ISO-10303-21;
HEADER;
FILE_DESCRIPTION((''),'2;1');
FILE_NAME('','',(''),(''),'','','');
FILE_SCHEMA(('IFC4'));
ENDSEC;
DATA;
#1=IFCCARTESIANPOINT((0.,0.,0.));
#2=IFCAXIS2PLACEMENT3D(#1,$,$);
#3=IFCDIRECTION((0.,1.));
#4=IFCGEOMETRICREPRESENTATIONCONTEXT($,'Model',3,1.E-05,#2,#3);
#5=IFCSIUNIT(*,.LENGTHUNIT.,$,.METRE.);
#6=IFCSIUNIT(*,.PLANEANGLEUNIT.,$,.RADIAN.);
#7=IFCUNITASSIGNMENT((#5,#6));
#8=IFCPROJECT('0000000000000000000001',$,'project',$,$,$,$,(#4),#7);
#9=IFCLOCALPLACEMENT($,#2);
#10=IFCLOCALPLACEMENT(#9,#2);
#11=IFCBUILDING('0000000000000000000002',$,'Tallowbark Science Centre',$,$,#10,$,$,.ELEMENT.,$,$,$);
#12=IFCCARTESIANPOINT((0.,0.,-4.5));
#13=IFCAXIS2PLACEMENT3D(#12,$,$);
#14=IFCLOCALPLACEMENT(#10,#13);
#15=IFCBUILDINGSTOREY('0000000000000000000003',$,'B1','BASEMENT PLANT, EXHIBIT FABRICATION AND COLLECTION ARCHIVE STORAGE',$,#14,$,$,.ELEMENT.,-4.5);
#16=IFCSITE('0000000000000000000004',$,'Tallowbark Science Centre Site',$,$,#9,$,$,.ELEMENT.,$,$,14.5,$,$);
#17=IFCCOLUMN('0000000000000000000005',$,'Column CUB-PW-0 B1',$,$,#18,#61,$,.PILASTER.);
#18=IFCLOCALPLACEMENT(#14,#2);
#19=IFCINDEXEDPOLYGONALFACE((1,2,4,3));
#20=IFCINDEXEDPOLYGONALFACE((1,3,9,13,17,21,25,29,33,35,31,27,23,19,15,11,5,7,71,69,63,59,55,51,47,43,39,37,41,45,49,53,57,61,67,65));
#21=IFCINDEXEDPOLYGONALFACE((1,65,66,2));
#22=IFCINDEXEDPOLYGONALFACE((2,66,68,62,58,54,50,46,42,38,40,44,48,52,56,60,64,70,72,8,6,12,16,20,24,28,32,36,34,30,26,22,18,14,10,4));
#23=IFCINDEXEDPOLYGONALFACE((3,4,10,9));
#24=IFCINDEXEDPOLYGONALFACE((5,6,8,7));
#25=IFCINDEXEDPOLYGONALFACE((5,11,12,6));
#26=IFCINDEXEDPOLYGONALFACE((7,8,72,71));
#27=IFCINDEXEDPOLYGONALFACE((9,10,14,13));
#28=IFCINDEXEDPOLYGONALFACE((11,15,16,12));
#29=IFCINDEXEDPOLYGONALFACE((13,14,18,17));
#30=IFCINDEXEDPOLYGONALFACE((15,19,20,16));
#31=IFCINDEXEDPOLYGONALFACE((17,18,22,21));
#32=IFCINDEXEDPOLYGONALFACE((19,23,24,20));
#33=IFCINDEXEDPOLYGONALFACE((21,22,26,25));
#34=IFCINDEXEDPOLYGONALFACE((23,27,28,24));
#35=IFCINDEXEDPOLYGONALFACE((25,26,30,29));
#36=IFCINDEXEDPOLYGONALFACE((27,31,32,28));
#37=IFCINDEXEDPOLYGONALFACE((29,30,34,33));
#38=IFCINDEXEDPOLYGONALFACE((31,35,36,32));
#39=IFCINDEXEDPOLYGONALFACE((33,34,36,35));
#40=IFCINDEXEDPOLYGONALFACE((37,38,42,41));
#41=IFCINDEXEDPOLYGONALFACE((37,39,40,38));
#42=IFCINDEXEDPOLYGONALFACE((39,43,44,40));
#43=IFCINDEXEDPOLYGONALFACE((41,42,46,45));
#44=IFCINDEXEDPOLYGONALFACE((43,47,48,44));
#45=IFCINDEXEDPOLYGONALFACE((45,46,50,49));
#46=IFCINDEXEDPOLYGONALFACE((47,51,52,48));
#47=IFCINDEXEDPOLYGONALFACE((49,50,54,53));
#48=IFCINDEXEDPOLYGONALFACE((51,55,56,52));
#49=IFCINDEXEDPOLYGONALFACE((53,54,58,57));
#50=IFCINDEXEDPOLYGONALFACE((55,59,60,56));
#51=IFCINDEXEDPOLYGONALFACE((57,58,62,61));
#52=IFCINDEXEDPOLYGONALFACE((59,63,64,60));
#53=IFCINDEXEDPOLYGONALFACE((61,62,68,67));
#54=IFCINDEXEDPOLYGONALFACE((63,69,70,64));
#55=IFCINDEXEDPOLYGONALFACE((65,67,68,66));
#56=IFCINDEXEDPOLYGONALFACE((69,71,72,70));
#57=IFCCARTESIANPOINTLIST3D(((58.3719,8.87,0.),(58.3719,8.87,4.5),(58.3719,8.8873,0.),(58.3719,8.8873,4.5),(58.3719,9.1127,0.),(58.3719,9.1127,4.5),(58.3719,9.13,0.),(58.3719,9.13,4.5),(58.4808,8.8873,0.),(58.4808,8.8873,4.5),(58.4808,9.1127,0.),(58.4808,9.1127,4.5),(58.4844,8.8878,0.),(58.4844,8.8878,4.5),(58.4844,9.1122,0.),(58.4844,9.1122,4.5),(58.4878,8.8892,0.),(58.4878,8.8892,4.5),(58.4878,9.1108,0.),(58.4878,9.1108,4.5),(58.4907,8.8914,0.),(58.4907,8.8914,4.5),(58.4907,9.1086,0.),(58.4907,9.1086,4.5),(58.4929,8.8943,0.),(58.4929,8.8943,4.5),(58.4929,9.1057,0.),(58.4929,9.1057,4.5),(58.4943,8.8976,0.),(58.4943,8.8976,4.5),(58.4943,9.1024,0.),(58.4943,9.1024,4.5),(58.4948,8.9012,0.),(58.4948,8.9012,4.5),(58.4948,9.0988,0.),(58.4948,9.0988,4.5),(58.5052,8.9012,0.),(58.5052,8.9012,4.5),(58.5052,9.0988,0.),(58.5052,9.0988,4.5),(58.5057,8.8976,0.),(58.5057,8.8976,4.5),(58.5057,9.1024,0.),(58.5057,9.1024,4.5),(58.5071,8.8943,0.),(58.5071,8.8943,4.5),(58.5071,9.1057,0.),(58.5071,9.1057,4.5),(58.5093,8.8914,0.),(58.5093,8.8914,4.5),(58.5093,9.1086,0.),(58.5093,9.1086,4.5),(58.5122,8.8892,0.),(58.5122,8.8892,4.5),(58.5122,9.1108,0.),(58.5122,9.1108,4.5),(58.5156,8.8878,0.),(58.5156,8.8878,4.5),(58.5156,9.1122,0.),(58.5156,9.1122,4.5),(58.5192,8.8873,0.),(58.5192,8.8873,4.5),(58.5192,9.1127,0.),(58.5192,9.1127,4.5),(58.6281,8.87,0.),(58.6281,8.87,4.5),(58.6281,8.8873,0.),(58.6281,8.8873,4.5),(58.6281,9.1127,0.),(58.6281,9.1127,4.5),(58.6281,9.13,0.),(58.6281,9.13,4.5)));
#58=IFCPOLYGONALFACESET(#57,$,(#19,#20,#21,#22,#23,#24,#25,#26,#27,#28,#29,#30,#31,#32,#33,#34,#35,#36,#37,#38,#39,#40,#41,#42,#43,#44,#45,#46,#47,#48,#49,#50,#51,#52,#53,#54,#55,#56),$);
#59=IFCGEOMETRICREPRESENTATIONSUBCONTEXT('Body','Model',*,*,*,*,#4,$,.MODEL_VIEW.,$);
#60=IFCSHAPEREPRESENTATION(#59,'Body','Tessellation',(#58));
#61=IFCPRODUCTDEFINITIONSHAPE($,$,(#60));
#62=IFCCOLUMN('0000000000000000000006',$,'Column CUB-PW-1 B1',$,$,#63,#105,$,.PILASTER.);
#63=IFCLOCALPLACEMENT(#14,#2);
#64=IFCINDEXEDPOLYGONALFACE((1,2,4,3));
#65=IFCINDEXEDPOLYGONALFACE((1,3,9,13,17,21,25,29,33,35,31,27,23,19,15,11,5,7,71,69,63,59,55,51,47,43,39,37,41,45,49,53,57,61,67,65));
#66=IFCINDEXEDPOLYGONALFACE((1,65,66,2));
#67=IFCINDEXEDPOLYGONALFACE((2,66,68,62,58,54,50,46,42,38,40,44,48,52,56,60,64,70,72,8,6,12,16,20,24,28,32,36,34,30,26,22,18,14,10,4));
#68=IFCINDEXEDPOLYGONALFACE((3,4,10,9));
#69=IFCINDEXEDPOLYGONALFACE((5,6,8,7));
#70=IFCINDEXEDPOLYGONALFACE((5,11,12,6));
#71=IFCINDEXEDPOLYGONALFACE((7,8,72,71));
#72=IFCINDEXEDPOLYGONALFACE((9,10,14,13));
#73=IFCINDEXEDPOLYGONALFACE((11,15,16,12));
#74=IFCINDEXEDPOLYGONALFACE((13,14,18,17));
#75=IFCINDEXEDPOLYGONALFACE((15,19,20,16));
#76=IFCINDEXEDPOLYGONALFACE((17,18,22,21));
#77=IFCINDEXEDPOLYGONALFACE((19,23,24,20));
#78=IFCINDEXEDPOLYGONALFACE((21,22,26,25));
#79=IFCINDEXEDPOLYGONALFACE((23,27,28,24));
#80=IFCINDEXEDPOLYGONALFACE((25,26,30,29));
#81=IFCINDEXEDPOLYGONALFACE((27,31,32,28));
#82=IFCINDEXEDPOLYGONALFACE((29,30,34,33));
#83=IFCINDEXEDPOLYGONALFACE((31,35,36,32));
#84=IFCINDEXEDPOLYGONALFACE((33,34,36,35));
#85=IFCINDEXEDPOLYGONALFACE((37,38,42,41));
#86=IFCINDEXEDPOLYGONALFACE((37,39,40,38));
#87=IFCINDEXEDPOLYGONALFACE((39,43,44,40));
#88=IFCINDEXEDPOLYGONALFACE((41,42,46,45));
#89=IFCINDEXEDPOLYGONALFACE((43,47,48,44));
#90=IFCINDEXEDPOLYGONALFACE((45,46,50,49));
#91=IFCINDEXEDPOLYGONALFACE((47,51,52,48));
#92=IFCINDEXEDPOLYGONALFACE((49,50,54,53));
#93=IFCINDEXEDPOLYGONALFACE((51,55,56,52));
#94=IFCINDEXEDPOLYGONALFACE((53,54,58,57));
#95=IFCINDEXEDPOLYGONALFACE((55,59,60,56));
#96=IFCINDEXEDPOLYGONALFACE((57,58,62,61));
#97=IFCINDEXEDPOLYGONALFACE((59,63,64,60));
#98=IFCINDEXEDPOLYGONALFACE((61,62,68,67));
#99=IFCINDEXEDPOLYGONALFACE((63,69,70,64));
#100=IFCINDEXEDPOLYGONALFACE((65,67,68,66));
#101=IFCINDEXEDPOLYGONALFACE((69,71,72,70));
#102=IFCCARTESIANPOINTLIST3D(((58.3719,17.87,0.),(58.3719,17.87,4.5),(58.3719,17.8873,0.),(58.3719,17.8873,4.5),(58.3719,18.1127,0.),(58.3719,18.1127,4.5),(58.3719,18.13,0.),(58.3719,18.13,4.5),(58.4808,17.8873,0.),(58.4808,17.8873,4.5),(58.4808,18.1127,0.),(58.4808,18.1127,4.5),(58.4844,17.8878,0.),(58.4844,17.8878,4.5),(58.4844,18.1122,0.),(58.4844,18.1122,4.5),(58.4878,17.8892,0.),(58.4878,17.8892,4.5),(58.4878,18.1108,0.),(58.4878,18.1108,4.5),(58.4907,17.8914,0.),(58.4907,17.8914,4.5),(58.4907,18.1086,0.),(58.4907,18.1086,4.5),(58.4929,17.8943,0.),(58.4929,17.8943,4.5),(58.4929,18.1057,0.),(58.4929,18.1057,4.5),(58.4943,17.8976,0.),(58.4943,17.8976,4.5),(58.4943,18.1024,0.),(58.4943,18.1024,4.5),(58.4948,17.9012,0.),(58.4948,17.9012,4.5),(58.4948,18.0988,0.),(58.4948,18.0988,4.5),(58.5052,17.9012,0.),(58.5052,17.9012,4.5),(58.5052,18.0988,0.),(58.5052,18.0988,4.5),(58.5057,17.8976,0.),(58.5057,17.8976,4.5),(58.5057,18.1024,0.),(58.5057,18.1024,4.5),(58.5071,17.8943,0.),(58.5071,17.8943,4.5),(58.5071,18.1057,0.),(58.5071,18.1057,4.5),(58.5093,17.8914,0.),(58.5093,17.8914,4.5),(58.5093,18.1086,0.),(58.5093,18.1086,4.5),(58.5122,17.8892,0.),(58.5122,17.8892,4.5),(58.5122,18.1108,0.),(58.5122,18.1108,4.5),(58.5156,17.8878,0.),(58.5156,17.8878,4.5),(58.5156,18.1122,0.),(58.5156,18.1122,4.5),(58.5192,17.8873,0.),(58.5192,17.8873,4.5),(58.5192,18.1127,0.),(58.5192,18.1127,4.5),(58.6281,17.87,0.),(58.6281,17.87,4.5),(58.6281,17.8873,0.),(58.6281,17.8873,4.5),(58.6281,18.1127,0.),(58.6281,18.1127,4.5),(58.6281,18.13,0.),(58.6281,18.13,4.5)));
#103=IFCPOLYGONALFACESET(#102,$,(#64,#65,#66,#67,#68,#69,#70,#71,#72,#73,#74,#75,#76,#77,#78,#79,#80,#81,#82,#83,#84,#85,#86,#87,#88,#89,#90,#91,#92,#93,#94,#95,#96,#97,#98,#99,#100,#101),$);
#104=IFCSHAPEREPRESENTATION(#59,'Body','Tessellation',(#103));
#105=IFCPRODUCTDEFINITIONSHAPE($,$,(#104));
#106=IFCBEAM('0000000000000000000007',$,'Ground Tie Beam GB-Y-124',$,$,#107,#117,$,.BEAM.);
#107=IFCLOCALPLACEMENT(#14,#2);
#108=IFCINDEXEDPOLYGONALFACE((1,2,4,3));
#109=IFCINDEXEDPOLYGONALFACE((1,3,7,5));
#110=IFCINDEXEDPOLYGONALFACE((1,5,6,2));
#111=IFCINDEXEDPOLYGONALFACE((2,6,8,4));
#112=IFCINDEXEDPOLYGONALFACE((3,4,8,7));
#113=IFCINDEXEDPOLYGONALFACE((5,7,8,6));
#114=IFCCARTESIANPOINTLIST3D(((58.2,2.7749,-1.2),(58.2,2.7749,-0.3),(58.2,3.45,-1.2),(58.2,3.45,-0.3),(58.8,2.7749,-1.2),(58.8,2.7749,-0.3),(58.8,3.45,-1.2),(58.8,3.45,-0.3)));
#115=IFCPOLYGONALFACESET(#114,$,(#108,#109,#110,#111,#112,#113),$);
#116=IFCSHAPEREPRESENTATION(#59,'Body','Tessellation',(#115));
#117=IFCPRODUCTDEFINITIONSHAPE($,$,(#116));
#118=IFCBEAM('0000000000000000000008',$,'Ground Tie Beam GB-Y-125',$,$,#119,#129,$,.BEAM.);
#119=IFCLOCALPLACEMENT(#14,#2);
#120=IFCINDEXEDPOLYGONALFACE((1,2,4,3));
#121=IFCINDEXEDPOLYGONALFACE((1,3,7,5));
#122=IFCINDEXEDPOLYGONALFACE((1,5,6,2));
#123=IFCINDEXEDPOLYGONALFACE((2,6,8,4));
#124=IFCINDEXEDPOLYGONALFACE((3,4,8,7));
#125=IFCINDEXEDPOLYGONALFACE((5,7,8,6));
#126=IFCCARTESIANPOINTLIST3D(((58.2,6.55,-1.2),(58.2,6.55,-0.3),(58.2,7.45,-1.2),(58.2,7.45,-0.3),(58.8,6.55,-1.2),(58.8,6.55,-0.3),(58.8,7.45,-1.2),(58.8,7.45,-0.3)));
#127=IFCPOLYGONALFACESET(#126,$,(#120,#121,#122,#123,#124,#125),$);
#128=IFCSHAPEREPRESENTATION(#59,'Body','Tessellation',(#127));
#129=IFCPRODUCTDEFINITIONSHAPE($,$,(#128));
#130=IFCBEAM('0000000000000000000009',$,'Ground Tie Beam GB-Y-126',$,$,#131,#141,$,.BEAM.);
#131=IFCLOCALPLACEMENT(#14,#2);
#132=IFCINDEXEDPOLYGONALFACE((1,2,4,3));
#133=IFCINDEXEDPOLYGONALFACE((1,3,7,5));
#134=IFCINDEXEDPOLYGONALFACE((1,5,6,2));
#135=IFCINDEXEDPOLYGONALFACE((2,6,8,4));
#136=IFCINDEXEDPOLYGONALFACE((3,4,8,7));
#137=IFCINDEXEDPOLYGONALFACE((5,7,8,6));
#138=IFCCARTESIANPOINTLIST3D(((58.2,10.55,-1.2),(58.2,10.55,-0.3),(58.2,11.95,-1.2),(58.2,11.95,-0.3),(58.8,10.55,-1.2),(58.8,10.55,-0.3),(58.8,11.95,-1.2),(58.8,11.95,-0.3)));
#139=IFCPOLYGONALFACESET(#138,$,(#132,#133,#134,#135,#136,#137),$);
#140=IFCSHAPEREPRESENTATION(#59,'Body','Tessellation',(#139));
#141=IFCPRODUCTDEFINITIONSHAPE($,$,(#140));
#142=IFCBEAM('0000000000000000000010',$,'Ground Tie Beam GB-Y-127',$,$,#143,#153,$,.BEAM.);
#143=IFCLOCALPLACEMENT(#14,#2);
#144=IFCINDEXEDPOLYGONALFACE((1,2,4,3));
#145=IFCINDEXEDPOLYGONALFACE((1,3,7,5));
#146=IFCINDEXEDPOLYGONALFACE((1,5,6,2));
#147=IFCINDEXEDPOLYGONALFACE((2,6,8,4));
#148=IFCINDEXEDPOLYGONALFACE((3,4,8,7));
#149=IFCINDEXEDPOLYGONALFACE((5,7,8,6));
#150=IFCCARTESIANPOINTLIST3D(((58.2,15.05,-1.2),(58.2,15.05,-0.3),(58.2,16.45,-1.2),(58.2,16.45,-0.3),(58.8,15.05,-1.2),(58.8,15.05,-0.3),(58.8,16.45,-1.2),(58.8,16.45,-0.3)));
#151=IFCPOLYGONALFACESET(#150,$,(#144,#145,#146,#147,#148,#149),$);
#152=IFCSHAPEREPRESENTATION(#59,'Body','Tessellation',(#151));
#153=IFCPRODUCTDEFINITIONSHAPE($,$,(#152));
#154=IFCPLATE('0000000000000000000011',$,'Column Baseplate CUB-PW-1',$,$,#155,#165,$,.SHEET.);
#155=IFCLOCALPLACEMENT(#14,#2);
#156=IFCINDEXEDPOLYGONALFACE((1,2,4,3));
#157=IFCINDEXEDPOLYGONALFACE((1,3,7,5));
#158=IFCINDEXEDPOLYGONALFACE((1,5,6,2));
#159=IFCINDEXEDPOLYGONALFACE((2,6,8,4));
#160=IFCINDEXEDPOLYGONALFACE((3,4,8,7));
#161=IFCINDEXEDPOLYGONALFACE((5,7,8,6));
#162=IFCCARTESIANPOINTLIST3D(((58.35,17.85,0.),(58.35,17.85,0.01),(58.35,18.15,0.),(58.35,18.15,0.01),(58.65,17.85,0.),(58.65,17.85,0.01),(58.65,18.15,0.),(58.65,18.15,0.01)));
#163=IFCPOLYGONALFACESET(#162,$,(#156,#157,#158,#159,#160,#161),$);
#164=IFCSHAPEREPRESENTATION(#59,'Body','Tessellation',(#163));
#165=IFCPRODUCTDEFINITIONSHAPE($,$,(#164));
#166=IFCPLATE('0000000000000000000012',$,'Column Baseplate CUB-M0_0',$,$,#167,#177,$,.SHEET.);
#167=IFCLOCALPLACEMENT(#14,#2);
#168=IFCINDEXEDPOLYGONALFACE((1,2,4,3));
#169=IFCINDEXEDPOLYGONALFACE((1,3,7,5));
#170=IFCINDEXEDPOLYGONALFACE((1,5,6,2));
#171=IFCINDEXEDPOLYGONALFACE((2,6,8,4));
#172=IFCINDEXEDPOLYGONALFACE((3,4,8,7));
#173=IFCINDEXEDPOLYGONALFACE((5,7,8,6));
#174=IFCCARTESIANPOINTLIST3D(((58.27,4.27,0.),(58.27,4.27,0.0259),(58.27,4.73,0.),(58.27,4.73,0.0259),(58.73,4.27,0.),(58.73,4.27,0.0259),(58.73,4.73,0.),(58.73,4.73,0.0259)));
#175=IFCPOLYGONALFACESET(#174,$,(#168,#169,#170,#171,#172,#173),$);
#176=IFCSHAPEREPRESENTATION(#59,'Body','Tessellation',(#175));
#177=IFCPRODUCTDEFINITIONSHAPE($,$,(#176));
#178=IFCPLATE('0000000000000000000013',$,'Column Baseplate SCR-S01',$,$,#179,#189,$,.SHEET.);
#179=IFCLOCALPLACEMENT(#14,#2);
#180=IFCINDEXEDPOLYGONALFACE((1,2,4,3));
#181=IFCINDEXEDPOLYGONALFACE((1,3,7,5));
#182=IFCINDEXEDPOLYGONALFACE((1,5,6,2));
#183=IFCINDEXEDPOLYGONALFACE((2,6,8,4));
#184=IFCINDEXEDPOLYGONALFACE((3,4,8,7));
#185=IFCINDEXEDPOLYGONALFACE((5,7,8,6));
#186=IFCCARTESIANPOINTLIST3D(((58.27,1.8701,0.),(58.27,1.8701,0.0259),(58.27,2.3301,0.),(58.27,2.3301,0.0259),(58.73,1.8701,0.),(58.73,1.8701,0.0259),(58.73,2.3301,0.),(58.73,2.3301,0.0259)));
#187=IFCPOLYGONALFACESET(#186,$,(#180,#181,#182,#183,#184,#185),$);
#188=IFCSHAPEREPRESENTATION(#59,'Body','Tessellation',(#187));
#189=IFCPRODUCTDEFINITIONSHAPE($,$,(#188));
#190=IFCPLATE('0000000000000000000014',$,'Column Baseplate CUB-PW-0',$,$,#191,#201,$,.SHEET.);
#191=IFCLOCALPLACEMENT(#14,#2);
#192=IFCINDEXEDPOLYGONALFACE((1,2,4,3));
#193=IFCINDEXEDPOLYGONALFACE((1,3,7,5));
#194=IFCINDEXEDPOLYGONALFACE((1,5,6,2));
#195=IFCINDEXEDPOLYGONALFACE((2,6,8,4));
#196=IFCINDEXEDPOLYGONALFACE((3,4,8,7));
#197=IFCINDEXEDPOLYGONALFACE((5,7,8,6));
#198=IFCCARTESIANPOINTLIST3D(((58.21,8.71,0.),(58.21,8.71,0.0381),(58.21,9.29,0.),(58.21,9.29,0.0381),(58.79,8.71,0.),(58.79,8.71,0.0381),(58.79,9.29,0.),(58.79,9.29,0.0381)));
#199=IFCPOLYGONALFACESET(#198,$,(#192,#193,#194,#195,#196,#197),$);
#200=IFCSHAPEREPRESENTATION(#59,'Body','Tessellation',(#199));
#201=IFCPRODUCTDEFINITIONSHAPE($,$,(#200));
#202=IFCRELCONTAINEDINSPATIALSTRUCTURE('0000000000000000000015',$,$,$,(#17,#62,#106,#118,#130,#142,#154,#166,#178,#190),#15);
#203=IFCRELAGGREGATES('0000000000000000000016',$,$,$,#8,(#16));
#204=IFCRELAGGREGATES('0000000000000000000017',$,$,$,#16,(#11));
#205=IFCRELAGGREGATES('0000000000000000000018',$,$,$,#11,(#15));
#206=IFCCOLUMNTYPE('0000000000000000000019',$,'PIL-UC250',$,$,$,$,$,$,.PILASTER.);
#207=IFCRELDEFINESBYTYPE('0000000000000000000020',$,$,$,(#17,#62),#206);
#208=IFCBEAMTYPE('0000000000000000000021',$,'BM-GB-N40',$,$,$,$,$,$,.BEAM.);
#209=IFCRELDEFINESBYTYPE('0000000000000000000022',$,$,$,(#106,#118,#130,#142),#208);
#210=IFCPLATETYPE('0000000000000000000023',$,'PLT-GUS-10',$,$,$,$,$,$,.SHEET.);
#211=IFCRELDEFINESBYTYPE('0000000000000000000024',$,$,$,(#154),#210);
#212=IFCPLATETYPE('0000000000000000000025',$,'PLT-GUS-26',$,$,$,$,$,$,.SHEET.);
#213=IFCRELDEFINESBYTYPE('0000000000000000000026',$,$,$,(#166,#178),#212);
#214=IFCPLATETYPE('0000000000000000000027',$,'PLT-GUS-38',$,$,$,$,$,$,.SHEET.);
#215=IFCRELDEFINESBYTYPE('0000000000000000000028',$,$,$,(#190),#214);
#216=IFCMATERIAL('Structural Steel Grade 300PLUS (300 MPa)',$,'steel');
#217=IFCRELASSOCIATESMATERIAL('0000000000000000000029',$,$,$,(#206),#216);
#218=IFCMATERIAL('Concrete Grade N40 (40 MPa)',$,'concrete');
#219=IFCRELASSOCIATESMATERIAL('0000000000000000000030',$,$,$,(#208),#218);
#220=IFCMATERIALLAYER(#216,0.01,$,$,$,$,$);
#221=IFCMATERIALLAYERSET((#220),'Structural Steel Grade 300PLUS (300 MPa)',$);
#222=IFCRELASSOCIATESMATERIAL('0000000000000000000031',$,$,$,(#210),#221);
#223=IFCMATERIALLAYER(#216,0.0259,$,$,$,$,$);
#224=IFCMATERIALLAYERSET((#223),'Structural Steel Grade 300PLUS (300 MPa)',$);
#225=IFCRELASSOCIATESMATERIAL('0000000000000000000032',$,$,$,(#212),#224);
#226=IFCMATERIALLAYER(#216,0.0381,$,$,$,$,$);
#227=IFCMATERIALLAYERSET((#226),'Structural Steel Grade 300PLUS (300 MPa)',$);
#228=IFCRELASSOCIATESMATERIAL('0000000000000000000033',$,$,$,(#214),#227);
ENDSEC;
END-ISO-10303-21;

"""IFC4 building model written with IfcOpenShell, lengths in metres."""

from ifc_helpers import new_model, si_unit, direction, frame, origin, origin_2d, place, context, subcontext, project, spatial, rectangle, i_section, extrude, material, layer, layer_set, material_profile, profile_set, type_object, element, save


model = new_model("IFC4")

# Units and contexts
model_context = context("Model", 3, precision=1e-05, world=origin(), true_north=direction((0.0, 1.0)))
body_context = subcontext(model_context, "Body", "Model", "MODEL_VIEW")
ifc_project = project(units=[si_unit("LENGTHUNIT", "METRE"), si_unit("PLANEANGLEUNIT", "RADIAN")], contexts=[model_context])

# Site, building, storey
site_placement = place(None, origin())
site = spatial("IfcSite", under=ifc_project, at=site_placement, Name="Tallowbark Science Centre Site", CompositionType="ELEMENT", RefElevation=14.5)
building_placement = place(site_placement, origin())
building = spatial("IfcBuilding", under=site, at=building_placement, Name="Tallowbark Science Centre", CompositionType="ELEMENT")
storey_placement = place(building_placement, frame((0.0, 0.0, -4.5)))
storey = spatial("IfcBuildingStorey", under=building, at=storey_placement, Name="B1", Description="BASEMENT PLANT, EXHIBIT FABRICATION AND COLLECTION ARCHIVE STORAGE", CompositionType="ELEMENT", Elevation=-4.5)

# Shared definitions
ifc_material_1 = material(Name="Concrete Grade N40 (40 MPa)", Category="concrete")

# Columns
ifc_material_2 = material(Name="Structural Steel Grade 300PLUS (300 MPa)", Category="steel")
ifc_material_profile_1 = material_profile(ifc_material_2, i_section(OverallWidth=0.2561, OverallDepth=0.26, WebThickness=0.0105, FlangeThickness=0.0173, FilletRadius=0.0139, at=origin_2d()), Name="250UC89.5")
ifc_profile_set_1 = profile_set([ifc_material_profile_1], Name="Structural Steel Grade 300PLUS (300 MPa)")
column_type_1 = type_object("IfcColumnType", Name="PIL-UC250", PredefinedType="PILASTER", material=ifc_profile_set_1)
for number, where, z_axis, x_axis, name in (
    (1, (58.5, 9.0, 0.0), (0.0, 0.0, 1.0), (1.0, 0.0, 0.0), "Column CUB-PW-0 B1"),
    (2, (58.5, 18.0, 0.0), (0.0, 0.0, 1.0), (1.0, 0.0, 0.0), "Column CUB-PW-1 B1"),
):
    element("IfcColumn", number, at=place(storey_placement, frame(where, z_axis=z_axis, x_axis=x_axis)), inside=storey, type_object=column_type_1, Name=name, PredefinedType="PILASTER", context=body_context, shape_type="SweptSolid", body=[
        extrude(i_section(OverallWidth=0.2561, OverallDepth=0.26, WebThickness=0.0105, FlangeThickness=0.0173, FilletRadius=0.0139, at=origin_2d()), origin(), (0.0, 0.0, 1.0), 4.5),
    ])

# Beams
ifc_material_profile_2 = material_profile(ifc_material_1, rectangle(XDim=0.6001, YDim=0.8999, at=origin_2d()), Name="RC600x900")
ifc_profile_set_2 = profile_set([ifc_material_profile_2], Name="Concrete Grade N40 (40 MPa)")
beam_type = type_object("IfcBeamType", Name="BM-GB-N40", PredefinedType="BEAM", material=ifc_profile_set_2)
beam_1_placement = place(storey_placement, frame((58.5, 2.7749, -0.75), z_axis=(0.0, 1.0, 0.0), x_axis=(-1.0, 0.0, 0.0)))
element("IfcBeam", 3, at=beam_1_placement, inside=storey, type_object=beam_type, Name="Ground Tie Beam GB-Y-124", PredefinedType="BEAM", context=body_context, shape_type="SweptSolid", body=[
    extrude(rectangle(XDim=0.6001, YDim=0.8999, at=origin_2d()), origin(), (0.0, 0.0, 1.0), 0.675),
])
beam_2_placement = place(storey_placement, frame((58.5, 6.55, -0.75), z_axis=(0.0, 1.0, 0.0), x_axis=(-1.0, 0.0, 0.0)))
element("IfcBeam", 4, at=beam_2_placement, inside=storey, type_object=beam_type, Name="Ground Tie Beam GB-Y-125", PredefinedType="BEAM", context=body_context, shape_type="SweptSolid", body=[
    extrude(rectangle(XDim=0.6001, YDim=0.8999, at=origin_2d()), origin(), (0.0, 0.0, 1.0), 0.8999),
])
for number, where, z_axis, x_axis, name in (
    (5, (58.5, 10.55, -0.75), (0.0, 1.0, 0.0), (-1.0, 0.0, 0.0), "Ground Tie Beam GB-Y-126"),
    (6, (58.5, 15.05, -0.75), (0.0, 1.0, 0.0), (-1.0, 0.0, 0.0), "Ground Tie Beam GB-Y-127"),
):
    element("IfcBeam", number, at=place(storey_placement, frame(where, z_axis=z_axis, x_axis=x_axis)), inside=storey, type_object=beam_type, Name=name, PredefinedType="BEAM", context=body_context, shape_type="SweptSolid", body=[
        extrude(rectangle(XDim=0.6001, YDim=0.8999, at=origin_2d()), origin(), (0.0, 0.0, 1.0), 1.3999),
    ])

# Plates
ifc_layer_1 = layer(ifc_material_2, 0.01)
ifc_layer_set_1 = layer_set([ifc_layer_1], Name="Structural Steel Grade 300PLUS (300 MPa)")
plate_type_1 = type_object("IfcPlateType", Name="PLT-GUS-10", PredefinedType="SHEET", material=ifc_layer_set_1)
plate_1_placement = place(storey_placement, frame((58.5, 18.0, 0.0), z_axis=(0.0, 0.0, 1.0), x_axis=(1.0, 0.0, 0.0)))
element("IfcPlate", 7, at=plate_1_placement, inside=storey, type_object=plate_type_1, Name="Column Baseplate CUB-PW-1", PredefinedType="SHEET", context=body_context, shape_type="SweptSolid", body=[
    extrude(rectangle(XDim=0.3, YDim=0.3, at=origin_2d()), origin(), (0.0, 0.0, 1.0), 0.01),
])
ifc_layer_2 = layer(ifc_material_2, 0.0259)
ifc_layer_set_2 = layer_set([ifc_layer_2], Name="Structural Steel Grade 300PLUS (300 MPa)")
plate_type_2 = type_object("IfcPlateType", Name="PLT-GUS-26", PredefinedType="SHEET", material=ifc_layer_set_2)
for number, where, z_axis, x_axis, name in (
    (8, (58.5, 4.5, 0.0), (0.0, 0.0, 1.0), (1.0, 0.0, 0.0), "Column Baseplate CUB-M0_0"),
    (9, (58.5, 2.1001, 0.0), (0.0, 0.0, 1.0), (1.0, 0.0, 0.0), "Column Baseplate SCR-S01"),
):
    element("IfcPlate", number, at=place(storey_placement, frame(where, z_axis=z_axis, x_axis=x_axis)), inside=storey, type_object=plate_type_2, Name=name, PredefinedType="SHEET", context=body_context, shape_type="SweptSolid", body=[
        extrude(rectangle(XDim=0.46, YDim=0.46, at=origin_2d()), origin(), (0.0, 0.0, 1.0), 0.0259),
    ])
ifc_layer_3 = layer(ifc_material_2, 0.0381)
ifc_layer_set_3 = layer_set([ifc_layer_3], Name="Structural Steel Grade 300PLUS (300 MPa)")
plate_type_3 = type_object("IfcPlateType", Name="PLT-GUS-38", PredefinedType="SHEET", material=ifc_layer_set_3)
plate_2_placement = place(storey_placement, frame((58.5, 9.0, 0.0), z_axis=(0.0, 0.0, 1.0), x_axis=(1.0, 0.0, 0.0)))
element("IfcPlate", 10, at=plate_2_placement, inside=storey, type_object=plate_type_3, Name="Column Baseplate CUB-PW-0", PredefinedType="SHEET", context=body_context, shape_type="SweptSolid", body=[
    extrude(rectangle(XDim=0.5801, YDim=0.5801, at=origin_2d()), origin(), (0.0, 0.0, 1.0), 0.0381),
])

save(model, "model.ifc")
